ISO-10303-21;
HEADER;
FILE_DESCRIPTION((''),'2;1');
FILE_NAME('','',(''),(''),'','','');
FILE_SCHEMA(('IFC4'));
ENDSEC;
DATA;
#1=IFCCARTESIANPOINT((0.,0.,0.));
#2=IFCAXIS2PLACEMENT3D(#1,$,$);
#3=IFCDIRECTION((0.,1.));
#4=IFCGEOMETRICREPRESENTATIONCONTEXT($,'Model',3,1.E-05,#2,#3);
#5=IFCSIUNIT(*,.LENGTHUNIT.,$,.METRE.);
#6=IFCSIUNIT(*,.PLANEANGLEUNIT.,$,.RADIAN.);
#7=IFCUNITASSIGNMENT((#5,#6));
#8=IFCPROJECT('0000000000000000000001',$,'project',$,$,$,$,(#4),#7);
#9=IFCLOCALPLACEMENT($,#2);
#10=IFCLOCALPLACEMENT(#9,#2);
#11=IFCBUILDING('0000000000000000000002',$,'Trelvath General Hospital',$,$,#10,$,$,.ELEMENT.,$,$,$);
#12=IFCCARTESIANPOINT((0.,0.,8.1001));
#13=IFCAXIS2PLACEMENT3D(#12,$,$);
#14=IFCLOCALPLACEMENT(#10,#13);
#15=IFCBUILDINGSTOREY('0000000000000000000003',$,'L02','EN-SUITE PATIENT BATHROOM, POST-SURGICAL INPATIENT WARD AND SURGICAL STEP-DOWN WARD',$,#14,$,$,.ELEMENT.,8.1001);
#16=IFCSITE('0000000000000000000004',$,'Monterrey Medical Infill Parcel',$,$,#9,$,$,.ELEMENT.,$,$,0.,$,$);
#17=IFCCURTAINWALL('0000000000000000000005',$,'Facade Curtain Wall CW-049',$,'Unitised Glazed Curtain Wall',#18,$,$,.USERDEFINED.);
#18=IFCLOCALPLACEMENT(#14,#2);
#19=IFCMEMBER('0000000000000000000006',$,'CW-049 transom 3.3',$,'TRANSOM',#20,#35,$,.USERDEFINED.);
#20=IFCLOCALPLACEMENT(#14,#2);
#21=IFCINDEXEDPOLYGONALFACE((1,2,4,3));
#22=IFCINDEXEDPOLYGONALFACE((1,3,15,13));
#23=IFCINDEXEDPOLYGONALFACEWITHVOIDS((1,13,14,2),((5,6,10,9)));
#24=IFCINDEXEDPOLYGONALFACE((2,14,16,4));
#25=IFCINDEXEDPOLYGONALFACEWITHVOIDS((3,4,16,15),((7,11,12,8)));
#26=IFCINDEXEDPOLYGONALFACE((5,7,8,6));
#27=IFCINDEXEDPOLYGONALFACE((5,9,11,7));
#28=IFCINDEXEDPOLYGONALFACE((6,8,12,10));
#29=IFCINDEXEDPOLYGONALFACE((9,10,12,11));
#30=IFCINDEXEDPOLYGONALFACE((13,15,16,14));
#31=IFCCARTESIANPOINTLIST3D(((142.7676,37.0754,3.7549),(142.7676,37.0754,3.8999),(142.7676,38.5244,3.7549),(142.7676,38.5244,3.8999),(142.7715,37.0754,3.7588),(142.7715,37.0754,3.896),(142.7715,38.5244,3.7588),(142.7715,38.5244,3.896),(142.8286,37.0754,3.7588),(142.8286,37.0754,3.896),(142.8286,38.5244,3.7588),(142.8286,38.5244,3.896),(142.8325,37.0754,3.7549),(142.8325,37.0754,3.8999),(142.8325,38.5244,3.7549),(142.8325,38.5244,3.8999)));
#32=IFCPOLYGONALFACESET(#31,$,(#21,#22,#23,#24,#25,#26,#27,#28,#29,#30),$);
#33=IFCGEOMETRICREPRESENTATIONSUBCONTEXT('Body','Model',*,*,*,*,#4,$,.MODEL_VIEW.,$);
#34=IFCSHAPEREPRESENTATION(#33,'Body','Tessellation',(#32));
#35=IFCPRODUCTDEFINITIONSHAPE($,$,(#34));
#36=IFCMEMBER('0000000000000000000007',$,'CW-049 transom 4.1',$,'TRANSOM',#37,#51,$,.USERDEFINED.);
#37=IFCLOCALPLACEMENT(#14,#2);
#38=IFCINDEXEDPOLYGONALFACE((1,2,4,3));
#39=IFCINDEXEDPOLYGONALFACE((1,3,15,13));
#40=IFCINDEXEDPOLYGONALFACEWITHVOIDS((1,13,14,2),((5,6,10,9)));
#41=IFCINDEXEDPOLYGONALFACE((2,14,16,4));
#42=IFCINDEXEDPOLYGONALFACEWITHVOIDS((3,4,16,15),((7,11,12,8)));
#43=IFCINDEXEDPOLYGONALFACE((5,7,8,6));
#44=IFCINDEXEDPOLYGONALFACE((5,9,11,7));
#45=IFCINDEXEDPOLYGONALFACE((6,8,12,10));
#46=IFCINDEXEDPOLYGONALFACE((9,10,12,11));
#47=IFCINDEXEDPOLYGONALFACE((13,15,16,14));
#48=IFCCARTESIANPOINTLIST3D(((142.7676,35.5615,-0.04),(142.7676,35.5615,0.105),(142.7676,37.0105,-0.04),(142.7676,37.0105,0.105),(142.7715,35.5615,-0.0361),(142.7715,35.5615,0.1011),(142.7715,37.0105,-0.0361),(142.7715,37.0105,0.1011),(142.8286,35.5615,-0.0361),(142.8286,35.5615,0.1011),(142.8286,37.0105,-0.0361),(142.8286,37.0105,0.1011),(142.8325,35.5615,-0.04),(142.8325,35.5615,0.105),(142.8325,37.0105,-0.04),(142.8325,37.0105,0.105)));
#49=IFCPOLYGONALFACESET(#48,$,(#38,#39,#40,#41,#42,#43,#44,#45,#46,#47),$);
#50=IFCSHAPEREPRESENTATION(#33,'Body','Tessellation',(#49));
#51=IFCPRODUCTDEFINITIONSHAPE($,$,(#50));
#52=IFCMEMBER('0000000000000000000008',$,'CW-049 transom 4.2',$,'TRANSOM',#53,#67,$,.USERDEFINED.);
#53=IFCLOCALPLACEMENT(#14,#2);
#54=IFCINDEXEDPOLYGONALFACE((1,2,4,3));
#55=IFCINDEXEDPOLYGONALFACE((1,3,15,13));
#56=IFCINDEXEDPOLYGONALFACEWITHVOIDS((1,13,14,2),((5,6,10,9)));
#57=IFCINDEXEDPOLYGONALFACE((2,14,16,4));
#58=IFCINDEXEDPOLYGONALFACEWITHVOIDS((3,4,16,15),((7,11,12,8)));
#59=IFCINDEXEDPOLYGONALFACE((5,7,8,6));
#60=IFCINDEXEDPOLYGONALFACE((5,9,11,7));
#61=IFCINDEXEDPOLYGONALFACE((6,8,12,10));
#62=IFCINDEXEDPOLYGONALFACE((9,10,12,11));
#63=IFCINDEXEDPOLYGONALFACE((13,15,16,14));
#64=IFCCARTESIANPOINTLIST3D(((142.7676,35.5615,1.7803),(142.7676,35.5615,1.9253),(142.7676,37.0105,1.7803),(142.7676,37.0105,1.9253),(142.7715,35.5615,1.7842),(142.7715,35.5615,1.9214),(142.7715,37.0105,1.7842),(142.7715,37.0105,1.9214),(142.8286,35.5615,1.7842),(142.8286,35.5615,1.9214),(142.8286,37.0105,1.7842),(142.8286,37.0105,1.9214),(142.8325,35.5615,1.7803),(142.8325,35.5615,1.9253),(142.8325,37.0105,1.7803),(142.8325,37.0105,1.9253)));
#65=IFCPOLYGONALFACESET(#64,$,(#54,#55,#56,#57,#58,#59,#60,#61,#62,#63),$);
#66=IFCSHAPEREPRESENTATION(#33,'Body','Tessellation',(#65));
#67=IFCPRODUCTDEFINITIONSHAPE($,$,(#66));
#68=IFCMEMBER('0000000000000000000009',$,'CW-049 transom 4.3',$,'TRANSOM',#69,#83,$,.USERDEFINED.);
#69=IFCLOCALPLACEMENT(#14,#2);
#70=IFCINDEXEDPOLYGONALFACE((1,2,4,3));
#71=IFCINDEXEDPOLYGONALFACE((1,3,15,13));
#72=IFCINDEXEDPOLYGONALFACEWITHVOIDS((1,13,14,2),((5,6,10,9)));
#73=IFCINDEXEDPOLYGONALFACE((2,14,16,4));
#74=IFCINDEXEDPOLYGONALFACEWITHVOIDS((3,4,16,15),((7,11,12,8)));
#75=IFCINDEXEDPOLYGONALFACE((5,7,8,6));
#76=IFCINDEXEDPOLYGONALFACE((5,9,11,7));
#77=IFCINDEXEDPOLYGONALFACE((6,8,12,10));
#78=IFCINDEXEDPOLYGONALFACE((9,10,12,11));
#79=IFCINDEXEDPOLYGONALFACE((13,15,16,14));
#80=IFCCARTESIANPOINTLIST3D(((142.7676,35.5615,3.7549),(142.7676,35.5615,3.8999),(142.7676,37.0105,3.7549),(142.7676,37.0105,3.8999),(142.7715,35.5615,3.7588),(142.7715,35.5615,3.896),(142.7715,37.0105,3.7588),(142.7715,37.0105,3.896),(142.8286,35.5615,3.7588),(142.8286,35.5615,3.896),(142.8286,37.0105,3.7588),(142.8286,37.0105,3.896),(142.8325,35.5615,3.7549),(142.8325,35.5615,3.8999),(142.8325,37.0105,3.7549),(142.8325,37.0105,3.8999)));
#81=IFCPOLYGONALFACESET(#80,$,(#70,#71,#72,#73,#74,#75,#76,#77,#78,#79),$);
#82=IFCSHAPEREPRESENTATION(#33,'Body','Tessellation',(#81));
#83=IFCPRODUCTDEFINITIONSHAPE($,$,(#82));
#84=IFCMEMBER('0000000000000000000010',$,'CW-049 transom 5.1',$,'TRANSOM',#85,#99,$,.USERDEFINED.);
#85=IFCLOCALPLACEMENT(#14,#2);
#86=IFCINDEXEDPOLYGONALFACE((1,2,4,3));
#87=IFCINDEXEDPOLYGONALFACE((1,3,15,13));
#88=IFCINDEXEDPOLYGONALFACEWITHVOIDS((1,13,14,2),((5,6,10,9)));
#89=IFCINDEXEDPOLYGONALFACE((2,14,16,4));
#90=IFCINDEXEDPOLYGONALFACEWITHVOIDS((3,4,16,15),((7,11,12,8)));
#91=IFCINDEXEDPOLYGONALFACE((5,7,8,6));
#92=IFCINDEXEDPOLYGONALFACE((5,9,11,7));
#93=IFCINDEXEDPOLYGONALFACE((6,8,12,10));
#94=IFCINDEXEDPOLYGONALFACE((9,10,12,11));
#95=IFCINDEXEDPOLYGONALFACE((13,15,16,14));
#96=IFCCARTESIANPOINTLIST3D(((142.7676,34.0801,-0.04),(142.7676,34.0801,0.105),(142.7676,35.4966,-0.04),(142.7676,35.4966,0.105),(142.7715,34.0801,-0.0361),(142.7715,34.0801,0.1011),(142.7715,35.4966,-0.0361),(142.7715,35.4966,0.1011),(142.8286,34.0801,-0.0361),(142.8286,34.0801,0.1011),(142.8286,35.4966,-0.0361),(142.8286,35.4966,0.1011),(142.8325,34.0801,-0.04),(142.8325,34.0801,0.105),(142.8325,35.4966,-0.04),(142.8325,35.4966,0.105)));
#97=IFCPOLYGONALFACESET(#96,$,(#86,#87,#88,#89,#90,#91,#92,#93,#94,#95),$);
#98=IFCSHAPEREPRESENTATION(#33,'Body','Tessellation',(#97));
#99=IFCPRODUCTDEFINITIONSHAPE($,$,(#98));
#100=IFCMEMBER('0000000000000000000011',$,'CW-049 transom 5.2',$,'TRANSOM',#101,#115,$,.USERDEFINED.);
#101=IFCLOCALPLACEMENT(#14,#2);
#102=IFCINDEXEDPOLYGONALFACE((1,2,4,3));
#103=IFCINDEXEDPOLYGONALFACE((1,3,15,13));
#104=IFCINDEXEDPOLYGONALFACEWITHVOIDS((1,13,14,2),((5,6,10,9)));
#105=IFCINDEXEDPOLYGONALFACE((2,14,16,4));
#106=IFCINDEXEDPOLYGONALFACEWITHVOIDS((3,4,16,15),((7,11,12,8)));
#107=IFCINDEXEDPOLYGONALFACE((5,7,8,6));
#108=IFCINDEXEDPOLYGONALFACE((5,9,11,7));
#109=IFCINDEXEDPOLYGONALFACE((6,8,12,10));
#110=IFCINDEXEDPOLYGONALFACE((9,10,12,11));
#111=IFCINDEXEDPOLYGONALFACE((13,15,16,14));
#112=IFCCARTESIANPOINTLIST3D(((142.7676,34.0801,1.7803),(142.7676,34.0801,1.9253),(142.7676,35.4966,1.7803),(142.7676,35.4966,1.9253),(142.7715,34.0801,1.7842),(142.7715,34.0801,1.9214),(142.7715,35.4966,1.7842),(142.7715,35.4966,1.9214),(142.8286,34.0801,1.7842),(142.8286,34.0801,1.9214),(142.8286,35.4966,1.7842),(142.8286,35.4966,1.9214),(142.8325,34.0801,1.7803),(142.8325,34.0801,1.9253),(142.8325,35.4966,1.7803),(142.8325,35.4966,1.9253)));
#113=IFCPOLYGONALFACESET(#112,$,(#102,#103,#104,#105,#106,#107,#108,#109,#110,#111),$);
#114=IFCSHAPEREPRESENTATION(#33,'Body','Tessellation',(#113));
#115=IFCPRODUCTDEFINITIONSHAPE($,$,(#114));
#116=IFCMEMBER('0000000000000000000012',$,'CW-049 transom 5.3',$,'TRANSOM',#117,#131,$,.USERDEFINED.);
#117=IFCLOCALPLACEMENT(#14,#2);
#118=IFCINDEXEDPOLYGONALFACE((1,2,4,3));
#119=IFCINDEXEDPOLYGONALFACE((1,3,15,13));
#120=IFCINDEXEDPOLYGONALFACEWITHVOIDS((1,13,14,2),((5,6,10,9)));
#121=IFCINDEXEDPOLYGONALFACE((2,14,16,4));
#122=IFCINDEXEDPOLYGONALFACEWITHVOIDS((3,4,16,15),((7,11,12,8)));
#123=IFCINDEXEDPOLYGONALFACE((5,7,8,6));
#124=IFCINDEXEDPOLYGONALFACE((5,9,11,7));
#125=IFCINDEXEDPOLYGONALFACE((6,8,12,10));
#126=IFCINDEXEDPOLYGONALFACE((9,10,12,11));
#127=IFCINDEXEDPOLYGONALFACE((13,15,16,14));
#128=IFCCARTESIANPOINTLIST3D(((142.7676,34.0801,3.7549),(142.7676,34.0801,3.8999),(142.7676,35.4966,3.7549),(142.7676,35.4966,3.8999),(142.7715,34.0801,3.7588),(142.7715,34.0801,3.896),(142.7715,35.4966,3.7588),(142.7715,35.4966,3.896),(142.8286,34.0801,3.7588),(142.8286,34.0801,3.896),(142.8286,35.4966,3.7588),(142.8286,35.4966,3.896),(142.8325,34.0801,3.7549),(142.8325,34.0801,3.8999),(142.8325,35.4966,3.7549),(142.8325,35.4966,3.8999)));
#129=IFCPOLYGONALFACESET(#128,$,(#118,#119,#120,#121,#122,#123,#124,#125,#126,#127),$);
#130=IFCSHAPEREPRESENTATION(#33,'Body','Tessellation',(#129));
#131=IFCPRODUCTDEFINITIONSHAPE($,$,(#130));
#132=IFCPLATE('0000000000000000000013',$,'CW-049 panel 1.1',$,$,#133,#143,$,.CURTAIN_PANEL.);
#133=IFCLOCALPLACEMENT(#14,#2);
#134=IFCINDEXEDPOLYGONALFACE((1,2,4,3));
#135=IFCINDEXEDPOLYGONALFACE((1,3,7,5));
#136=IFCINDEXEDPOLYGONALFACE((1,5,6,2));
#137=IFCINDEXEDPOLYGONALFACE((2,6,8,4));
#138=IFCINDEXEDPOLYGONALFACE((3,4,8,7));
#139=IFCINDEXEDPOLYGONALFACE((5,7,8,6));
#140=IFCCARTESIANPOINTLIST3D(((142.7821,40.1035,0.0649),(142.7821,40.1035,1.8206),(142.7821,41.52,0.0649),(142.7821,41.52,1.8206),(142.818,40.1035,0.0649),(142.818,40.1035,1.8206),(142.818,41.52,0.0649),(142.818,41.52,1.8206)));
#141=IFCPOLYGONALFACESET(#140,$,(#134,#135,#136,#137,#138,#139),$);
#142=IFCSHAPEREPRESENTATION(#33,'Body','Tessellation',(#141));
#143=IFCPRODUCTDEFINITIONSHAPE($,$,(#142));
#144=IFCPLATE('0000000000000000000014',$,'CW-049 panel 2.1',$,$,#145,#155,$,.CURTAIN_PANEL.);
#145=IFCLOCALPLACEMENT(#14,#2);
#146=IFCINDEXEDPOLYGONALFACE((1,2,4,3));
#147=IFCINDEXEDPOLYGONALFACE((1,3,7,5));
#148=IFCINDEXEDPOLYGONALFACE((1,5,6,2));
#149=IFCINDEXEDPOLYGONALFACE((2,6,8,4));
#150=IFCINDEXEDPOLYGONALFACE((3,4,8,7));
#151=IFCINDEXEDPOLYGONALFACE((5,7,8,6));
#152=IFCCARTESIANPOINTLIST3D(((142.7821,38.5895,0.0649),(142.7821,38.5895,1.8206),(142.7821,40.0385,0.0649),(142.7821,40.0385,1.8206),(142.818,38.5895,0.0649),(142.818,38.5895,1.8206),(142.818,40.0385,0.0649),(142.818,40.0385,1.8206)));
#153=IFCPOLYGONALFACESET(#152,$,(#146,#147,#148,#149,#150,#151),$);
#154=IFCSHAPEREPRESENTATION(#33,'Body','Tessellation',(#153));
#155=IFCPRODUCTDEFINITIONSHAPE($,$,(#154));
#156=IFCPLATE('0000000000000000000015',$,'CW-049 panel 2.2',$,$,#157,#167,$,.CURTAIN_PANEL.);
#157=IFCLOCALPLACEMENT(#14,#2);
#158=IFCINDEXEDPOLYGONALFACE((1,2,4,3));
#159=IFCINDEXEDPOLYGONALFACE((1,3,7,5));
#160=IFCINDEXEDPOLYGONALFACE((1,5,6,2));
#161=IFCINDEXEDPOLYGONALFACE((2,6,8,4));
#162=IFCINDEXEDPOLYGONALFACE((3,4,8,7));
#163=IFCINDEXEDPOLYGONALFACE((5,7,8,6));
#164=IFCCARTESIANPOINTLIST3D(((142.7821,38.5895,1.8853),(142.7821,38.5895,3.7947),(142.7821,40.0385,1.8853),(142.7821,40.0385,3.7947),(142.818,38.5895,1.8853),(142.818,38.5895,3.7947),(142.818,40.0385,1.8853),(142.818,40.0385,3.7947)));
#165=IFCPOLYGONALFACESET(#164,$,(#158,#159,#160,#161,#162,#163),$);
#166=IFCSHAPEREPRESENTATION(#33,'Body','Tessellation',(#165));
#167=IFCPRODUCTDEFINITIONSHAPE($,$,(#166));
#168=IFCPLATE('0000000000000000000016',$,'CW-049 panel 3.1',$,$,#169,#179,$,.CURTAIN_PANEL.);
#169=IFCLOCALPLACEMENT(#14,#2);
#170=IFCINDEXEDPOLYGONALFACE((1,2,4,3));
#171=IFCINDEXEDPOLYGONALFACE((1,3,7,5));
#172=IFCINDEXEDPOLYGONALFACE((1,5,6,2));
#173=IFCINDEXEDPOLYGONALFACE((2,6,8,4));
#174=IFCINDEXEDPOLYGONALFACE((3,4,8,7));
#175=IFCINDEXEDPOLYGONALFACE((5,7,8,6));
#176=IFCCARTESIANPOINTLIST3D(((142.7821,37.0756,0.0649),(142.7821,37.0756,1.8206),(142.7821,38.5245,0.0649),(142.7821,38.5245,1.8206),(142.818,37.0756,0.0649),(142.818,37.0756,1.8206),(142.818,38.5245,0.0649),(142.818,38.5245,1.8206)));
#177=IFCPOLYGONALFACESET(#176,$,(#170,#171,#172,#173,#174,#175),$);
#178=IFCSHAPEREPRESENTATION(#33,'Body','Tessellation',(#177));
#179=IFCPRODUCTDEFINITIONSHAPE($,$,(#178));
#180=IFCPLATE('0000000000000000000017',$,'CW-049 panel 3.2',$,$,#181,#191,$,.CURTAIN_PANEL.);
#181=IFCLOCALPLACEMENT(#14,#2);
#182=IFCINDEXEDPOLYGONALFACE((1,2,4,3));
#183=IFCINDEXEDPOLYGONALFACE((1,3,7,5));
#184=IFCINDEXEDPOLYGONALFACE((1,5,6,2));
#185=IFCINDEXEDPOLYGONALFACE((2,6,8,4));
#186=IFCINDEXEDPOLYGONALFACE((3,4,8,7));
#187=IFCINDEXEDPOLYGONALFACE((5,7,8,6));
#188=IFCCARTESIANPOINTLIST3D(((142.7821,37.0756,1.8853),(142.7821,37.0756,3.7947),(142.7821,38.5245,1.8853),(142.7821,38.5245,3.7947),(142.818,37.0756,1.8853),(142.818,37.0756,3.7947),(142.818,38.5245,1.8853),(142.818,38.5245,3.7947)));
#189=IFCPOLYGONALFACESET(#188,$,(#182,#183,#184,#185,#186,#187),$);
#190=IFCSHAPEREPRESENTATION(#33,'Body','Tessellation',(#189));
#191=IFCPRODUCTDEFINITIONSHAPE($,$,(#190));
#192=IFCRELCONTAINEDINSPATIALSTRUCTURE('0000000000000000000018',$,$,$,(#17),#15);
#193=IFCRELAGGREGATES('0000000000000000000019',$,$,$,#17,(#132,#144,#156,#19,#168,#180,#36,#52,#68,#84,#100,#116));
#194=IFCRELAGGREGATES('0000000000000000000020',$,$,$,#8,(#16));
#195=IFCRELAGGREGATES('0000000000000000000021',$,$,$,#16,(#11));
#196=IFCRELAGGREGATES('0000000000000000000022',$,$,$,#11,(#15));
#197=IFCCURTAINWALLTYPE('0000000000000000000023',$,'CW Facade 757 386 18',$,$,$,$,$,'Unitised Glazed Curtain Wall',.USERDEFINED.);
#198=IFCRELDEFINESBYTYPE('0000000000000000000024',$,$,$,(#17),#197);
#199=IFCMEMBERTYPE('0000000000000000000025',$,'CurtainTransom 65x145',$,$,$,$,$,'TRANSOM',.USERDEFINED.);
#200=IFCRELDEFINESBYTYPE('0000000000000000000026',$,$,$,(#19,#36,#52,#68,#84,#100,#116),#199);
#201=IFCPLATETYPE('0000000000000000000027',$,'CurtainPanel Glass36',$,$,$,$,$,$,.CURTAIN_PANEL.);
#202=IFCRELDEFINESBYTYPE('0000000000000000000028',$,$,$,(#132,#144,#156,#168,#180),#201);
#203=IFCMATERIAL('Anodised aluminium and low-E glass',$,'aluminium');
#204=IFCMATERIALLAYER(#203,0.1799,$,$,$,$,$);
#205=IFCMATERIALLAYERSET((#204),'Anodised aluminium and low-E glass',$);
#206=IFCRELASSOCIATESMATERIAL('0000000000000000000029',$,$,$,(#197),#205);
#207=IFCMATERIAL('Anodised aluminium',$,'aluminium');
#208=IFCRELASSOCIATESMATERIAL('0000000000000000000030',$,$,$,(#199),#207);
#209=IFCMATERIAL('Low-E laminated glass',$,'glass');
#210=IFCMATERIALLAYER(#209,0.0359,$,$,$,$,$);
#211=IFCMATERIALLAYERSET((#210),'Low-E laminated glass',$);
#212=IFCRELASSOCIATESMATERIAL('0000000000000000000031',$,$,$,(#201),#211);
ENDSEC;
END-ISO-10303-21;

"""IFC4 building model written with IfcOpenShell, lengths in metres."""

from ifc_helpers import new_model, si_unit, direction, frame, origin, origin_2d, place, context, subcontext, project, spatial, rectangle, hollow_rectangle, extrude, material, layer, layer_set, material_profile, profile_set, type_object, element, aggregate, save


model = new_model("IFC4")

# Units and contexts
model_context = context("Model", 3, precision=1e-05, world=origin(), true_north=direction((0.0, 1.0)))
body_context = subcontext(model_context, "Body", "Model", "MODEL_VIEW")
ifc_project = project(units=[si_unit("LENGTHUNIT", "METRE"), si_unit("PLANEANGLEUNIT", "RADIAN")], contexts=[model_context])

# Site, building, storey
site_placement = place(None, origin())
site = spatial("IfcSite", under=ifc_project, at=site_placement, Name="Monterrey Medical Infill Parcel", CompositionType="ELEMENT", RefElevation=0.0)
building_placement = place(site_placement, origin())
building = spatial("IfcBuilding", under=site, at=building_placement, Name="Trelvath General Hospital", CompositionType="ELEMENT")
storey_placement = place(building_placement, frame((0.0, 0.0, 8.1001)))
storey = spatial("IfcBuildingStorey", under=building, at=storey_placement, Name="L02", Description="EN-SUITE PATIENT BATHROOM, POST-SURGICAL INPATIENT WARD AND SURGICAL STEP-DOWN WARD", CompositionType="ELEMENT", Elevation=8.1001)

# Curtain wall, members, plates
ifc_material_1 = material(Name="Anodised aluminium and low-E glass", Category="aluminium")
ifc_layer_1 = layer(ifc_material_1, 0.1799)
ifc_layer_set_1 = layer_set([ifc_layer_1], Name="Anodised aluminium and low-E glass")
curtain_wall_type = type_object("IfcCurtainWallType", Name="CW Facade 757 386 18", ElementType="Unitised Glazed Curtain Wall", PredefinedType="USERDEFINED", material=ifc_layer_set_1)
curtain_wall_placement = place(storey_placement, origin())
curtain_wall = element("IfcCurtainWall", 1, at=curtain_wall_placement, inside=storey, type_object=curtain_wall_type, Name="Facade Curtain Wall CW-049", ObjectType="Unitised Glazed Curtain Wall", PredefinedType="USERDEFINED")
ifc_material_2 = material(Name="Anodised aluminium", Category="aluminium")
ifc_material_profile_1 = material_profile(ifc_material_2, hollow_rectangle(XDim=0.0649, YDim=0.145, WallThickness=0.0039, at=origin_2d()), Name="RHS65x145x4")
ifc_profile_set_1 = profile_set([ifc_material_profile_1], Name="Anodised aluminium")
member_type_1 = type_object("IfcMemberType", Name="CurtainTransom 65x145", ElementType="TRANSOM", PredefinedType="USERDEFINED", material=ifc_profile_set_1)
member_1_placement = place(storey_placement, frame((142.8, 38.5244, 3.8274), z_axis=(0.0, -1.0, 0.0), x_axis=(1.0, 0.0, 0.0)))
member_1 = element("IfcMember", 2, at=member_1_placement, type_object=member_type_1, Name="CW-049 transom 3.3", ObjectType="TRANSOM", PredefinedType="USERDEFINED", context=body_context, shape_type="SweptSolid", body=[
    extrude(hollow_rectangle(XDim=0.0649, YDim=0.145, WallThickness=0.0039, at=origin_2d()), origin(), (0.0, 0.0, 1.0), 1.449),
])
member_2_placement = place(storey_placement, frame((142.8, 37.0105, 0.0325), z_axis=(0.0, -1.0, 0.0), x_axis=(1.0, 0.0, 0.0)))
member_2 = element("IfcMember", 3, at=member_2_placement, type_object=member_type_1, Name="CW-049 transom 4.1", ObjectType="TRANSOM", PredefinedType="USERDEFINED", context=body_context, shape_type="SweptSolid", body=[
    extrude(hollow_rectangle(XDim=0.0649, YDim=0.145, WallThickness=0.0039, at=origin_2d()), origin(), (0.0, 0.0, 1.0), 1.449),
])
member_3_placement = place(storey_placement, frame((142.8, 37.0105, 1.8528), z_axis=(0.0, -1.0, 0.0), x_axis=(1.0, 0.0, 0.0)))
member_3 = element("IfcMember", 4, at=member_3_placement, type_object=member_type_1, Name="CW-049 transom 4.2", ObjectType="TRANSOM", PredefinedType="USERDEFINED", context=body_context, shape_type="SweptSolid", body=[
    extrude(hollow_rectangle(XDim=0.0649, YDim=0.145, WallThickness=0.0039, at=origin_2d()), origin(), (0.0, 0.0, 1.0), 1.449),
])
member_4_placement = place(storey_placement, frame((142.8, 37.0105, 3.8274), z_axis=(0.0, -1.0, 0.0), x_axis=(1.0, 0.0, 0.0)))
member_4 = element("IfcMember", 5, at=member_4_placement, type_object=member_type_1, Name="CW-049 transom 4.3", ObjectType="TRANSOM", PredefinedType="USERDEFINED", context=body_context, shape_type="SweptSolid", body=[
    extrude(hollow_rectangle(XDim=0.0649, YDim=0.145, WallThickness=0.0039, at=origin_2d()), origin(), (0.0, 0.0, 1.0), 1.449),
])
member_5_placement = place(storey_placement, frame((142.8, 35.4966, 0.0325), z_axis=(0.0, -1.0, 0.0), x_axis=(1.0, 0.0, 0.0)))
member_5 = element("IfcMember", 6, at=member_5_placement, type_object=member_type_1, Name="CW-049 transom 5.1", ObjectType="TRANSOM", PredefinedType="USERDEFINED", context=body_context, shape_type="SweptSolid", body=[
    extrude(hollow_rectangle(XDim=0.0649, YDim=0.145, WallThickness=0.0039, at=origin_2d()), origin(), (0.0, 0.0, 1.0), 1.4165),
])
member_6_placement = place(storey_placement, frame((142.8, 35.4966, 1.8528), z_axis=(0.0, -1.0, 0.0), x_axis=(1.0, 0.0, 0.0)))
member_6 = element("IfcMember", 7, at=member_6_placement, type_object=member_type_1, Name="CW-049 transom 5.2", ObjectType="TRANSOM", PredefinedType="USERDEFINED", context=body_context, shape_type="SweptSolid", body=[
    extrude(hollow_rectangle(XDim=0.0649, YDim=0.145, WallThickness=0.0039, at=origin_2d()), origin(), (0.0, 0.0, 1.0), 1.4165),
])
member_7_placement = place(storey_placement, frame((142.8, 35.4966, 3.8274), z_axis=(0.0, -1.0, 0.0), x_axis=(1.0, 0.0, 0.0)))
member_7 = element("IfcMember", 8, at=member_7_placement, type_object=member_type_1, Name="CW-049 transom 5.3", ObjectType="TRANSOM", PredefinedType="USERDEFINED", context=body_context, shape_type="SweptSolid", body=[
    extrude(hollow_rectangle(XDim=0.0649, YDim=0.145, WallThickness=0.0039, at=origin_2d()), origin(), (0.0, 0.0, 1.0), 1.4165),
])
ifc_material_3 = material(Name="Low-E laminated glass", Category="glass")
ifc_layer_2 = layer(ifc_material_3, 0.0359)
ifc_layer_set_2 = layer_set([ifc_layer_2], Name="Low-E laminated glass")
plate_type = type_object("IfcPlateType", Name="CurtainPanel Glass36", PredefinedType="CURTAIN_PANEL", material=ifc_layer_set_2)
plate_1_placement = place(storey_placement, frame((142.8, 40.8118, 0.0649), z_axis=(0.0, 0.0, 1.0), x_axis=(0.0, -1.0, 0.0)))
plate_1 = element("IfcPlate", 9, at=plate_1_placement, type_object=plate_type, Name="CW-049 panel 1.1", PredefinedType="CURTAIN_PANEL", context=body_context, shape_type="SweptSolid", body=[
    extrude(rectangle(XDim=1.4165, YDim=0.0359, at=origin_2d()), origin(), (0.0, 0.0, 1.0), 1.7556),
])
plate_2_placement = place(storey_placement, frame((142.8, 39.314, 0.0649), z_axis=(0.0, 0.0, 1.0), x_axis=(0.0, -1.0, 0.0)))
plate_2 = element("IfcPlate", 10, at=plate_2_placement, type_object=plate_type, Name="CW-049 panel 2.1", PredefinedType="CURTAIN_PANEL", context=body_context, shape_type="SweptSolid", body=[
    extrude(rectangle(XDim=1.449, YDim=0.0359, at=origin_2d()), origin(), (0.0, 0.0, 1.0), 1.7556),
])
plate_3_placement = place(storey_placement, frame((142.8, 39.314, 1.8853), z_axis=(0.0, 0.0, 1.0), x_axis=(0.0, -1.0, 0.0)))
plate_3 = element("IfcPlate", 11, at=plate_3_placement, type_object=plate_type, Name="CW-049 panel 2.2", PredefinedType="CURTAIN_PANEL", context=body_context, shape_type="SweptSolid", body=[
    extrude(rectangle(XDim=1.449, YDim=0.0359, at=origin_2d()), origin(), (0.0, 0.0, 1.0), 1.9094),
])
plate_4_placement = place(storey_placement, frame((142.8, 37.8, 0.0649), z_axis=(0.0, 0.0, 1.0), x_axis=(0.0, -1.0, 0.0)))
plate_4 = element("IfcPlate", 12, at=plate_4_placement, type_object=plate_type, Name="CW-049 panel 3.1", PredefinedType="CURTAIN_PANEL", context=body_context, shape_type="SweptSolid", body=[
    extrude(rectangle(XDim=1.449, YDim=0.0359, at=origin_2d()), origin(), (0.0, 0.0, 1.0), 1.7556),
])
plate_5_placement = place(storey_placement, frame((142.8, 37.8, 1.8853), z_axis=(0.0, 0.0, 1.0), x_axis=(0.0, -1.0, 0.0)))
plate_5 = element("IfcPlate", 13, at=plate_5_placement, type_object=plate_type, Name="CW-049 panel 3.2", PredefinedType="CURTAIN_PANEL", context=body_context, shape_type="SweptSolid", body=[
    extrude(rectangle(XDim=1.449, YDim=0.0359, at=origin_2d()), origin(), (0.0, 0.0, 1.0), 1.9094),
])
aggregate(curtain_wall, [plate_1, plate_2, plate_3, member_1, plate_4, plate_5, member_2, member_3, member_4, member_5, member_6, member_7])

save(model, "model.ifc")
